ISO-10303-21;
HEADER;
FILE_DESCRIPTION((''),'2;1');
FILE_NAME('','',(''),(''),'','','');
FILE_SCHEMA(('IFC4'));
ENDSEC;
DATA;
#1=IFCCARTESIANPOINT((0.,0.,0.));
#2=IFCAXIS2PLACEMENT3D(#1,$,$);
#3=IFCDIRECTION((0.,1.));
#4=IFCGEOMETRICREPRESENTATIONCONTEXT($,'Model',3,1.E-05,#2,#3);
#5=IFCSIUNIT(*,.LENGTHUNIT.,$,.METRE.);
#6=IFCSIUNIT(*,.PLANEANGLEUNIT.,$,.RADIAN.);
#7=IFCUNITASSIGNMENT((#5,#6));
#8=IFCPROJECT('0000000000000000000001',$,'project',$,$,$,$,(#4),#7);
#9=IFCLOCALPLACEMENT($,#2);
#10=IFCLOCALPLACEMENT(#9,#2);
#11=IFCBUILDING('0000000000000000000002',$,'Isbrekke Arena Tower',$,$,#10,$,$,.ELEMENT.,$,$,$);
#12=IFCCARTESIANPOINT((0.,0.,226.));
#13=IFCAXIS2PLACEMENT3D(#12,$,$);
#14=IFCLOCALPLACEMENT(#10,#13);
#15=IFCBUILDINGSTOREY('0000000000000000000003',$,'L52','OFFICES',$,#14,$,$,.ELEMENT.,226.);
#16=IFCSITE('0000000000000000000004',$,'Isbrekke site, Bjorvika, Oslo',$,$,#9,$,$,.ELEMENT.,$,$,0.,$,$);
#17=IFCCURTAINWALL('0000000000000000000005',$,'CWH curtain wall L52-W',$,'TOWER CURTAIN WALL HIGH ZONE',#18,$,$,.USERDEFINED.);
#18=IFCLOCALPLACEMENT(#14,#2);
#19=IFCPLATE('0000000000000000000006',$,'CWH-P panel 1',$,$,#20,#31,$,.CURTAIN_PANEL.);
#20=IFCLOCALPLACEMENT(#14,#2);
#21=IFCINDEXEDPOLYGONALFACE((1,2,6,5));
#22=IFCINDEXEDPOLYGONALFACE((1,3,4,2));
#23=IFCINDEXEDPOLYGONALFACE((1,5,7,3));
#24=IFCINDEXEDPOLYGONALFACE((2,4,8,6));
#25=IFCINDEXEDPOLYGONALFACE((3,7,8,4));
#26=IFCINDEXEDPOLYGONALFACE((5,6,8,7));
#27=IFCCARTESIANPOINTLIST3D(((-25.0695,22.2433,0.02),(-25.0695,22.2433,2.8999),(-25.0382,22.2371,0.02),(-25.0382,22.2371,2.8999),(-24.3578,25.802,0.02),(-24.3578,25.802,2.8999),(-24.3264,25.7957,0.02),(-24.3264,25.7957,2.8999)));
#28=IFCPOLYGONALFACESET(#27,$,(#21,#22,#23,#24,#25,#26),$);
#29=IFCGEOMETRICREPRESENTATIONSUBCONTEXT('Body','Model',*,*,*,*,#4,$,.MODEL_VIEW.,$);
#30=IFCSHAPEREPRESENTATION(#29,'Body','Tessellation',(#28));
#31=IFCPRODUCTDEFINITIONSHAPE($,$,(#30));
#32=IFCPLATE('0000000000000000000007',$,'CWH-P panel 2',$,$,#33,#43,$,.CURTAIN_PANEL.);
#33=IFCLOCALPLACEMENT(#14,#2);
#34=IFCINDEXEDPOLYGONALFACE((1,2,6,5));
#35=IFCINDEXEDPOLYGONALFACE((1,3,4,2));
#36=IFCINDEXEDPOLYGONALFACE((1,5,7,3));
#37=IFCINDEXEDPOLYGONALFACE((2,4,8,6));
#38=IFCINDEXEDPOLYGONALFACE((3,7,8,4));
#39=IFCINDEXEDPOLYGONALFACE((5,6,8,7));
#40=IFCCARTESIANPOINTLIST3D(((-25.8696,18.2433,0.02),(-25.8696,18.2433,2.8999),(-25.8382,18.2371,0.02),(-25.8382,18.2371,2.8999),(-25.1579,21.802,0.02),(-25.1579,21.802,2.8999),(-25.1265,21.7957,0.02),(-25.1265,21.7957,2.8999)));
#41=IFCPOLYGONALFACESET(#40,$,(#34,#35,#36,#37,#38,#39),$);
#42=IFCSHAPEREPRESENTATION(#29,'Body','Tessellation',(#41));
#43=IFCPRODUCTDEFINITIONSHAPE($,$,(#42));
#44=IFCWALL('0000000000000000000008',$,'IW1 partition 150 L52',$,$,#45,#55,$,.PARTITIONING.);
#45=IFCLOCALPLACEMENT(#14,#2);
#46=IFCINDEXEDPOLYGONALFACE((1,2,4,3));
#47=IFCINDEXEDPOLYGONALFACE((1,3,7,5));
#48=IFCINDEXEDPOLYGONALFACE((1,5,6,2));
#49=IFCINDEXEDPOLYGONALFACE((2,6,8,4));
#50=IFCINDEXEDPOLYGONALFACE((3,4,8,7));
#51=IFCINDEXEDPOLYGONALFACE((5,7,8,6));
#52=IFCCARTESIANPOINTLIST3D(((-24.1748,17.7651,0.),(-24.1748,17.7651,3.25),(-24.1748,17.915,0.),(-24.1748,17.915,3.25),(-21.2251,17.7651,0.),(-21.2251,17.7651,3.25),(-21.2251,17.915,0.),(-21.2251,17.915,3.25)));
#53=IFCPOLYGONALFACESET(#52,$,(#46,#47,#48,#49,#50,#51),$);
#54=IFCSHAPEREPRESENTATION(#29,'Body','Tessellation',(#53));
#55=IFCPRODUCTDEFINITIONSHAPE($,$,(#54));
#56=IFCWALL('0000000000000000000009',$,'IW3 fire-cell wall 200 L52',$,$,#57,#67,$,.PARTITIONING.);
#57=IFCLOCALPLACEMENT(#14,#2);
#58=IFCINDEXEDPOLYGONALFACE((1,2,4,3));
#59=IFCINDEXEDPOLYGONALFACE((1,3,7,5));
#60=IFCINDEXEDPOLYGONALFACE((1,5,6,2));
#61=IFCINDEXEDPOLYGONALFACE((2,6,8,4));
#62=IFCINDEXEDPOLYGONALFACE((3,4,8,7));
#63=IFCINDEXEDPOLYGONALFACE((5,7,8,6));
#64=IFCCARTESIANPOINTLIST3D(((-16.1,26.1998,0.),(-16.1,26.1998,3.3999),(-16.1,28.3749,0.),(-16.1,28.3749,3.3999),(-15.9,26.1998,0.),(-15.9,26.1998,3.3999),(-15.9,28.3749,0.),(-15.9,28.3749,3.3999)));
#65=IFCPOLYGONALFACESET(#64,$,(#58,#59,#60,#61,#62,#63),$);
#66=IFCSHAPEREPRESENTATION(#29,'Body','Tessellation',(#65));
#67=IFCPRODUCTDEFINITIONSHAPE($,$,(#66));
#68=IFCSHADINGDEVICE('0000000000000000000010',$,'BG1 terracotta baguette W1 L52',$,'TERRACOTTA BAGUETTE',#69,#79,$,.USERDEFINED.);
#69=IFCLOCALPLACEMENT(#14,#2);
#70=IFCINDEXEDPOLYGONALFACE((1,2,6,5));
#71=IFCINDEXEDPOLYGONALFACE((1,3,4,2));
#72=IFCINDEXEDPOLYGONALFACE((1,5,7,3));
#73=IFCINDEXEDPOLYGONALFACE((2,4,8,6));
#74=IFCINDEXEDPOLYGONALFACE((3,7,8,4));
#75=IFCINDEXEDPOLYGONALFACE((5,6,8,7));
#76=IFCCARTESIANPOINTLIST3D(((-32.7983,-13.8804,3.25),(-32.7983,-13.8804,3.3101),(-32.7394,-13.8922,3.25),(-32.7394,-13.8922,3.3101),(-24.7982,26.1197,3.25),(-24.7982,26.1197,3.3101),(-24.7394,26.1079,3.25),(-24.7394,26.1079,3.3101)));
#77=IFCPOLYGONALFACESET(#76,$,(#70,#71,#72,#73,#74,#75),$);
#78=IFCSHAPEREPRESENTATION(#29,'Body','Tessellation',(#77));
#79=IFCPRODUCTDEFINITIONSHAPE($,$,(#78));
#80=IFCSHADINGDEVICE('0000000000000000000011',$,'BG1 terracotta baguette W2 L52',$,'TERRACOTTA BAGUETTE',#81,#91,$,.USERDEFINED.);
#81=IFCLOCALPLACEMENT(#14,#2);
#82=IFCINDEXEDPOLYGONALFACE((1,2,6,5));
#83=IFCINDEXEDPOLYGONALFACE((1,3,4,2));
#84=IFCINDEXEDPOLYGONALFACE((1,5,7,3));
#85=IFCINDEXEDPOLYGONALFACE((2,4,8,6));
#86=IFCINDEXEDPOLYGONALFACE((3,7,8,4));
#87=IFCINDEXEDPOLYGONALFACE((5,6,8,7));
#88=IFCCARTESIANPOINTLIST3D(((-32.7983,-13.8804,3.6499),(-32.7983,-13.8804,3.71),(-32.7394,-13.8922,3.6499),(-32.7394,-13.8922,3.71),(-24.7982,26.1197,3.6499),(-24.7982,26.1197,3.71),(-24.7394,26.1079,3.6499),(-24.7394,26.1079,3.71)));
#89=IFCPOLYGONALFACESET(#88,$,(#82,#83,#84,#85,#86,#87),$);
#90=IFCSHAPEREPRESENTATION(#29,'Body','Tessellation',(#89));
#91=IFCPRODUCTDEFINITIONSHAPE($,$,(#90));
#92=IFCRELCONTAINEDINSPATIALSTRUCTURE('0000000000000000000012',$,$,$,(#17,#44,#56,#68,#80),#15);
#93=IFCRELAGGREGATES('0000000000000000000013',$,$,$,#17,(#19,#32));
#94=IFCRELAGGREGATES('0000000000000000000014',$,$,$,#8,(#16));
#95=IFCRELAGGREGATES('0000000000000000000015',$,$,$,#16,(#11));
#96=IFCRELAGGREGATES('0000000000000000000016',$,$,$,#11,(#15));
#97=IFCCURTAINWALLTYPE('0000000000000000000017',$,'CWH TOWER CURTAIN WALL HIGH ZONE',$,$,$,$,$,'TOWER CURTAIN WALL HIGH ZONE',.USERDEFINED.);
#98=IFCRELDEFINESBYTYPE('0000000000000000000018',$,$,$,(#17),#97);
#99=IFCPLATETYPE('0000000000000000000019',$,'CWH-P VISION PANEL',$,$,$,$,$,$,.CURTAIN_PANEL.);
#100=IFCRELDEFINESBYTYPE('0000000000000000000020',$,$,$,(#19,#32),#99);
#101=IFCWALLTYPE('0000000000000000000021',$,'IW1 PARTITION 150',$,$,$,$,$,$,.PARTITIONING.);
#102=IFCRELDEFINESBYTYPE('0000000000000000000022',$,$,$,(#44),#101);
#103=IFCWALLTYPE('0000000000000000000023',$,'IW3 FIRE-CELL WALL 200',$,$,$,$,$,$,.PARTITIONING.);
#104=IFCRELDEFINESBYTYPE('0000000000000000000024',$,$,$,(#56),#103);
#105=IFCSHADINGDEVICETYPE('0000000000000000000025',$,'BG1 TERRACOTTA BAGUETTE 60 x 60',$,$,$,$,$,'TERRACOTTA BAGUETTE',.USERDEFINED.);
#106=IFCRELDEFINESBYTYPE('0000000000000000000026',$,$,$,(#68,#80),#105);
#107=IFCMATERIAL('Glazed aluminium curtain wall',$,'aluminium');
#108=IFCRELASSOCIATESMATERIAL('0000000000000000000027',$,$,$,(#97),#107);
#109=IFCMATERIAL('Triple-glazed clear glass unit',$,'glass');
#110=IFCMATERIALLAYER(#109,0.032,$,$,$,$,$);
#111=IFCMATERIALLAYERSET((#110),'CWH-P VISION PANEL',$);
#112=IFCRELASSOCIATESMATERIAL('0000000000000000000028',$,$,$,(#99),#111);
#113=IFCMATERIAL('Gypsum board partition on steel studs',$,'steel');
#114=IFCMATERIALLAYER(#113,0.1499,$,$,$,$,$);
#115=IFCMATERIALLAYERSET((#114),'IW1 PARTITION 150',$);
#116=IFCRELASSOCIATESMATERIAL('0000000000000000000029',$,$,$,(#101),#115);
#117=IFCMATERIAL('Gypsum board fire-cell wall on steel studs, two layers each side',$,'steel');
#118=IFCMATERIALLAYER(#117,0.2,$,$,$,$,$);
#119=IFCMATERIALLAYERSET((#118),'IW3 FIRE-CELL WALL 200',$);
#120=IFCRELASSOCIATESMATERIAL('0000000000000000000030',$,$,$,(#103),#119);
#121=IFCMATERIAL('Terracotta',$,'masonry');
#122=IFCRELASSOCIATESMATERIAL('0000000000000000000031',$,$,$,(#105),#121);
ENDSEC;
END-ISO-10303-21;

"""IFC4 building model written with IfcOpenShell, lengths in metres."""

from ifc_helpers import new_model, si_unit, direction, frame, frame_2d, origin, origin_2d, place, context, subcontext, project, spatial, rectangle, extrude, material, layer, layer_set, material_profile, profile_set, type_object, element, aggregate, save


model = new_model("IFC4")

# Units and contexts
model_context = context("Model", 3, precision=1e-05, world=origin(), true_north=direction((0.0, 1.0)))
body_context = subcontext(model_context, "Body", "Model", "MODEL_VIEW")
ifc_project = project(units=[si_unit("LENGTHUNIT", "METRE"), si_unit("PLANEANGLEUNIT", "RADIAN")], contexts=[model_context])

# Site, building, storey
site_placement = place(None, origin())
site = spatial("IfcSite", under=ifc_project, at=site_placement, Name="Isbrekke site, Bjorvika, Oslo", CompositionType="ELEMENT", RefElevation=0.0)
building_placement = place(site_placement, origin())
building = spatial("IfcBuilding", under=site, at=building_placement, Name="Isbrekke Arena Tower", CompositionType="ELEMENT")
storey_placement = place(building_placement, frame((0.0, 0.0, 226.0)))
storey = spatial("IfcBuildingStorey", under=building, at=storey_placement, Name="L52", Description="OFFICES", CompositionType="ELEMENT", Elevation=226.0)

# Shared definitions
ifc_material_1 = material(Name="Glazed aluminium curtain wall", Category="aluminium")
curtain_wall_type = type_object("IfcCurtainWallType", Name="CWH TOWER CURTAIN WALL HIGH ZONE", ElementType="TOWER CURTAIN WALL HIGH ZONE", PredefinedType="USERDEFINED", material=ifc_material_1)

# Curtain wall
curtain_wall_1_placement = place(storey_placement, origin())
curtain_wall_1 = element("IfcCurtainWall", 1, at=curtain_wall_1_placement, inside=storey, type_object=curtain_wall_type, Name="CWH curtain wall L52-W", ObjectType="TOWER CURTAIN WALL HIGH ZONE", PredefinedType="USERDEFINED")

# Plates
ifc_material_2 = material(Name="Triple-glazed clear glass unit", Category="glass")
ifc_layer_1 = layer(ifc_material_2, 0.032)
ifc_layer_set_1 = layer_set([ifc_layer_1], Name="CWH-P VISION PANEL")
plate_type = type_object("IfcPlateType", Name="CWH-P VISION PANEL", PredefinedType="CURTAIN_PANEL", material=ifc_layer_set_1)
plate_1_placement = place(storey_placement, frame((-24.698, 24.0195, 0.02), z_axis=(0.0, 0.0, 1.0), x_axis=(-0.196116, -0.980581, 0.0)))
plate_1 = element("IfcPlate", 2, at=plate_1_placement, type_object=plate_type, Name="CWH-P panel 1", PredefinedType="CURTAIN_PANEL", context=body_context, shape_type="SweptSolid", body=[
    extrude(rectangle(XDim=3.6292, YDim=0.032, at=origin_2d()), origin(), (0.0, 0.0, 1.0), 2.8799),
])
plate_2_placement = place(storey_placement, frame((-25.498, 20.0195, 0.02), z_axis=(0.0, 0.0, 1.0), x_axis=(-0.196116, -0.980581, 0.0)))
plate_2 = element("IfcPlate", 3, at=plate_2_placement, type_object=plate_type, Name="CWH-P panel 2", PredefinedType="CURTAIN_PANEL", context=body_context, shape_type="SweptSolid", body=[
    extrude(rectangle(XDim=3.6292, YDim=0.032, at=origin_2d()), origin(), (0.0, 0.0, 1.0), 2.8799),
])
aggregate(curtain_wall_1, [plate_1, plate_2])

# Wall
ifc_material_3 = material(Name="Gypsum board partition on steel studs", Category="steel")
ifc_layer_2 = layer(ifc_material_3, 0.1499)
ifc_layer_set_2 = layer_set([ifc_layer_2], Name="IW1 PARTITION 150")
wall_type_1 = type_object("IfcWallType", Name="IW1 PARTITION 150", PredefinedType="PARTITIONING", material=ifc_layer_set_2)
wall_1_placement = place(storey_placement, frame((-24.1748, 17.8401, 0.0), z_axis=(0.0, 0.0, 1.0), x_axis=(1.0, 0.0, 0.0)))
element("IfcWall", 4, at=wall_1_placement, inside=storey, type_object=wall_type_1, Name="IW1 partition 150 L52", PredefinedType="PARTITIONING", context=body_context, shape_type="SweptSolid", body=[
    extrude(rectangle(XDim=2.9497, YDim=0.1499, at=frame_2d((1.4749, 0.0))), origin(), (0.0, 0.0, 1.0), 3.25),
])

# Shared definitions
ifc_material_4 = material(Name="Gypsum board fire-cell wall on steel studs, two layers each side", Category="steel")
ifc_layer_3 = layer(ifc_material_4, 0.2)
ifc_layer_set_3 = layer_set([ifc_layer_3], Name="IW3 FIRE-CELL WALL 200")
wall_type_2 = type_object("IfcWallType", Name="IW3 FIRE-CELL WALL 200", PredefinedType="PARTITIONING", material=ifc_layer_set_3)

# Wall
wall_2_placement = place(storey_placement, frame((-16.0, 26.2, 0.0), z_axis=(0.0, 0.0, 1.0), x_axis=(0.0, 1.0, 0.0)))
element("IfcWall", 5, at=wall_2_placement, inside=storey, type_object=wall_type_2, Name="IW3 fire-cell wall 200 L52", PredefinedType="PARTITIONING", context=body_context, shape_type="SweptSolid", body=[
    extrude(rectangle(XDim=2.175, YDim=0.2, at=frame_2d((1.0874, 0.0))), origin(), (0.0, 0.0, 1.0), 3.3999),
])

# Shading devices
ifc_material_5 = material(Name="Terracotta", Category="masonry")
ifc_material_profile_1 = material_profile(ifc_material_5, rectangle(XDim=0.0601, YDim=0.0601, at=origin_2d()), Name="BAGUETTE 60X60")
ifc_profile_set_1 = profile_set([ifc_material_profile_1], Name="Terracotta")
shading_device_type = type_object("IfcShadingDeviceType", Name="BG1 TERRACOTTA BAGUETTE 60 x 60", ElementType="TERRACOTTA BAGUETTE", PredefinedType="USERDEFINED", material=ifc_profile_set_1)
for number, where, z_axis, x_axis, name in (
    (6, (-24.7688, 26.1138, 3.28), (-0.196116, -0.980581, 0.0), (0.980581, -0.196116, 0.0), "BG1 terracotta baguette W1 L52"),
    (7, (-24.7688, 26.1138, 3.6799), (-0.196116, -0.980581, 0.0), (0.980581, -0.196116, 0.0), "BG1 terracotta baguette W2 L52"),
):
    element("IfcShadingDevice", number, at=place(storey_placement, frame(where, z_axis=z_axis, x_axis=x_axis)), inside=storey, type_object=shading_device_type, Name=name, ObjectType="TERRACOTTA BAGUETTE", PredefinedType="USERDEFINED", context=body_context, shape_type="SweptSolid", body=[
        extrude(rectangle(XDim=0.0601, YDim=0.0601, at=origin_2d()), origin(), (0.0, 0.0, 1.0), 40.7922),
    ])

save(model, "model.ifc")
